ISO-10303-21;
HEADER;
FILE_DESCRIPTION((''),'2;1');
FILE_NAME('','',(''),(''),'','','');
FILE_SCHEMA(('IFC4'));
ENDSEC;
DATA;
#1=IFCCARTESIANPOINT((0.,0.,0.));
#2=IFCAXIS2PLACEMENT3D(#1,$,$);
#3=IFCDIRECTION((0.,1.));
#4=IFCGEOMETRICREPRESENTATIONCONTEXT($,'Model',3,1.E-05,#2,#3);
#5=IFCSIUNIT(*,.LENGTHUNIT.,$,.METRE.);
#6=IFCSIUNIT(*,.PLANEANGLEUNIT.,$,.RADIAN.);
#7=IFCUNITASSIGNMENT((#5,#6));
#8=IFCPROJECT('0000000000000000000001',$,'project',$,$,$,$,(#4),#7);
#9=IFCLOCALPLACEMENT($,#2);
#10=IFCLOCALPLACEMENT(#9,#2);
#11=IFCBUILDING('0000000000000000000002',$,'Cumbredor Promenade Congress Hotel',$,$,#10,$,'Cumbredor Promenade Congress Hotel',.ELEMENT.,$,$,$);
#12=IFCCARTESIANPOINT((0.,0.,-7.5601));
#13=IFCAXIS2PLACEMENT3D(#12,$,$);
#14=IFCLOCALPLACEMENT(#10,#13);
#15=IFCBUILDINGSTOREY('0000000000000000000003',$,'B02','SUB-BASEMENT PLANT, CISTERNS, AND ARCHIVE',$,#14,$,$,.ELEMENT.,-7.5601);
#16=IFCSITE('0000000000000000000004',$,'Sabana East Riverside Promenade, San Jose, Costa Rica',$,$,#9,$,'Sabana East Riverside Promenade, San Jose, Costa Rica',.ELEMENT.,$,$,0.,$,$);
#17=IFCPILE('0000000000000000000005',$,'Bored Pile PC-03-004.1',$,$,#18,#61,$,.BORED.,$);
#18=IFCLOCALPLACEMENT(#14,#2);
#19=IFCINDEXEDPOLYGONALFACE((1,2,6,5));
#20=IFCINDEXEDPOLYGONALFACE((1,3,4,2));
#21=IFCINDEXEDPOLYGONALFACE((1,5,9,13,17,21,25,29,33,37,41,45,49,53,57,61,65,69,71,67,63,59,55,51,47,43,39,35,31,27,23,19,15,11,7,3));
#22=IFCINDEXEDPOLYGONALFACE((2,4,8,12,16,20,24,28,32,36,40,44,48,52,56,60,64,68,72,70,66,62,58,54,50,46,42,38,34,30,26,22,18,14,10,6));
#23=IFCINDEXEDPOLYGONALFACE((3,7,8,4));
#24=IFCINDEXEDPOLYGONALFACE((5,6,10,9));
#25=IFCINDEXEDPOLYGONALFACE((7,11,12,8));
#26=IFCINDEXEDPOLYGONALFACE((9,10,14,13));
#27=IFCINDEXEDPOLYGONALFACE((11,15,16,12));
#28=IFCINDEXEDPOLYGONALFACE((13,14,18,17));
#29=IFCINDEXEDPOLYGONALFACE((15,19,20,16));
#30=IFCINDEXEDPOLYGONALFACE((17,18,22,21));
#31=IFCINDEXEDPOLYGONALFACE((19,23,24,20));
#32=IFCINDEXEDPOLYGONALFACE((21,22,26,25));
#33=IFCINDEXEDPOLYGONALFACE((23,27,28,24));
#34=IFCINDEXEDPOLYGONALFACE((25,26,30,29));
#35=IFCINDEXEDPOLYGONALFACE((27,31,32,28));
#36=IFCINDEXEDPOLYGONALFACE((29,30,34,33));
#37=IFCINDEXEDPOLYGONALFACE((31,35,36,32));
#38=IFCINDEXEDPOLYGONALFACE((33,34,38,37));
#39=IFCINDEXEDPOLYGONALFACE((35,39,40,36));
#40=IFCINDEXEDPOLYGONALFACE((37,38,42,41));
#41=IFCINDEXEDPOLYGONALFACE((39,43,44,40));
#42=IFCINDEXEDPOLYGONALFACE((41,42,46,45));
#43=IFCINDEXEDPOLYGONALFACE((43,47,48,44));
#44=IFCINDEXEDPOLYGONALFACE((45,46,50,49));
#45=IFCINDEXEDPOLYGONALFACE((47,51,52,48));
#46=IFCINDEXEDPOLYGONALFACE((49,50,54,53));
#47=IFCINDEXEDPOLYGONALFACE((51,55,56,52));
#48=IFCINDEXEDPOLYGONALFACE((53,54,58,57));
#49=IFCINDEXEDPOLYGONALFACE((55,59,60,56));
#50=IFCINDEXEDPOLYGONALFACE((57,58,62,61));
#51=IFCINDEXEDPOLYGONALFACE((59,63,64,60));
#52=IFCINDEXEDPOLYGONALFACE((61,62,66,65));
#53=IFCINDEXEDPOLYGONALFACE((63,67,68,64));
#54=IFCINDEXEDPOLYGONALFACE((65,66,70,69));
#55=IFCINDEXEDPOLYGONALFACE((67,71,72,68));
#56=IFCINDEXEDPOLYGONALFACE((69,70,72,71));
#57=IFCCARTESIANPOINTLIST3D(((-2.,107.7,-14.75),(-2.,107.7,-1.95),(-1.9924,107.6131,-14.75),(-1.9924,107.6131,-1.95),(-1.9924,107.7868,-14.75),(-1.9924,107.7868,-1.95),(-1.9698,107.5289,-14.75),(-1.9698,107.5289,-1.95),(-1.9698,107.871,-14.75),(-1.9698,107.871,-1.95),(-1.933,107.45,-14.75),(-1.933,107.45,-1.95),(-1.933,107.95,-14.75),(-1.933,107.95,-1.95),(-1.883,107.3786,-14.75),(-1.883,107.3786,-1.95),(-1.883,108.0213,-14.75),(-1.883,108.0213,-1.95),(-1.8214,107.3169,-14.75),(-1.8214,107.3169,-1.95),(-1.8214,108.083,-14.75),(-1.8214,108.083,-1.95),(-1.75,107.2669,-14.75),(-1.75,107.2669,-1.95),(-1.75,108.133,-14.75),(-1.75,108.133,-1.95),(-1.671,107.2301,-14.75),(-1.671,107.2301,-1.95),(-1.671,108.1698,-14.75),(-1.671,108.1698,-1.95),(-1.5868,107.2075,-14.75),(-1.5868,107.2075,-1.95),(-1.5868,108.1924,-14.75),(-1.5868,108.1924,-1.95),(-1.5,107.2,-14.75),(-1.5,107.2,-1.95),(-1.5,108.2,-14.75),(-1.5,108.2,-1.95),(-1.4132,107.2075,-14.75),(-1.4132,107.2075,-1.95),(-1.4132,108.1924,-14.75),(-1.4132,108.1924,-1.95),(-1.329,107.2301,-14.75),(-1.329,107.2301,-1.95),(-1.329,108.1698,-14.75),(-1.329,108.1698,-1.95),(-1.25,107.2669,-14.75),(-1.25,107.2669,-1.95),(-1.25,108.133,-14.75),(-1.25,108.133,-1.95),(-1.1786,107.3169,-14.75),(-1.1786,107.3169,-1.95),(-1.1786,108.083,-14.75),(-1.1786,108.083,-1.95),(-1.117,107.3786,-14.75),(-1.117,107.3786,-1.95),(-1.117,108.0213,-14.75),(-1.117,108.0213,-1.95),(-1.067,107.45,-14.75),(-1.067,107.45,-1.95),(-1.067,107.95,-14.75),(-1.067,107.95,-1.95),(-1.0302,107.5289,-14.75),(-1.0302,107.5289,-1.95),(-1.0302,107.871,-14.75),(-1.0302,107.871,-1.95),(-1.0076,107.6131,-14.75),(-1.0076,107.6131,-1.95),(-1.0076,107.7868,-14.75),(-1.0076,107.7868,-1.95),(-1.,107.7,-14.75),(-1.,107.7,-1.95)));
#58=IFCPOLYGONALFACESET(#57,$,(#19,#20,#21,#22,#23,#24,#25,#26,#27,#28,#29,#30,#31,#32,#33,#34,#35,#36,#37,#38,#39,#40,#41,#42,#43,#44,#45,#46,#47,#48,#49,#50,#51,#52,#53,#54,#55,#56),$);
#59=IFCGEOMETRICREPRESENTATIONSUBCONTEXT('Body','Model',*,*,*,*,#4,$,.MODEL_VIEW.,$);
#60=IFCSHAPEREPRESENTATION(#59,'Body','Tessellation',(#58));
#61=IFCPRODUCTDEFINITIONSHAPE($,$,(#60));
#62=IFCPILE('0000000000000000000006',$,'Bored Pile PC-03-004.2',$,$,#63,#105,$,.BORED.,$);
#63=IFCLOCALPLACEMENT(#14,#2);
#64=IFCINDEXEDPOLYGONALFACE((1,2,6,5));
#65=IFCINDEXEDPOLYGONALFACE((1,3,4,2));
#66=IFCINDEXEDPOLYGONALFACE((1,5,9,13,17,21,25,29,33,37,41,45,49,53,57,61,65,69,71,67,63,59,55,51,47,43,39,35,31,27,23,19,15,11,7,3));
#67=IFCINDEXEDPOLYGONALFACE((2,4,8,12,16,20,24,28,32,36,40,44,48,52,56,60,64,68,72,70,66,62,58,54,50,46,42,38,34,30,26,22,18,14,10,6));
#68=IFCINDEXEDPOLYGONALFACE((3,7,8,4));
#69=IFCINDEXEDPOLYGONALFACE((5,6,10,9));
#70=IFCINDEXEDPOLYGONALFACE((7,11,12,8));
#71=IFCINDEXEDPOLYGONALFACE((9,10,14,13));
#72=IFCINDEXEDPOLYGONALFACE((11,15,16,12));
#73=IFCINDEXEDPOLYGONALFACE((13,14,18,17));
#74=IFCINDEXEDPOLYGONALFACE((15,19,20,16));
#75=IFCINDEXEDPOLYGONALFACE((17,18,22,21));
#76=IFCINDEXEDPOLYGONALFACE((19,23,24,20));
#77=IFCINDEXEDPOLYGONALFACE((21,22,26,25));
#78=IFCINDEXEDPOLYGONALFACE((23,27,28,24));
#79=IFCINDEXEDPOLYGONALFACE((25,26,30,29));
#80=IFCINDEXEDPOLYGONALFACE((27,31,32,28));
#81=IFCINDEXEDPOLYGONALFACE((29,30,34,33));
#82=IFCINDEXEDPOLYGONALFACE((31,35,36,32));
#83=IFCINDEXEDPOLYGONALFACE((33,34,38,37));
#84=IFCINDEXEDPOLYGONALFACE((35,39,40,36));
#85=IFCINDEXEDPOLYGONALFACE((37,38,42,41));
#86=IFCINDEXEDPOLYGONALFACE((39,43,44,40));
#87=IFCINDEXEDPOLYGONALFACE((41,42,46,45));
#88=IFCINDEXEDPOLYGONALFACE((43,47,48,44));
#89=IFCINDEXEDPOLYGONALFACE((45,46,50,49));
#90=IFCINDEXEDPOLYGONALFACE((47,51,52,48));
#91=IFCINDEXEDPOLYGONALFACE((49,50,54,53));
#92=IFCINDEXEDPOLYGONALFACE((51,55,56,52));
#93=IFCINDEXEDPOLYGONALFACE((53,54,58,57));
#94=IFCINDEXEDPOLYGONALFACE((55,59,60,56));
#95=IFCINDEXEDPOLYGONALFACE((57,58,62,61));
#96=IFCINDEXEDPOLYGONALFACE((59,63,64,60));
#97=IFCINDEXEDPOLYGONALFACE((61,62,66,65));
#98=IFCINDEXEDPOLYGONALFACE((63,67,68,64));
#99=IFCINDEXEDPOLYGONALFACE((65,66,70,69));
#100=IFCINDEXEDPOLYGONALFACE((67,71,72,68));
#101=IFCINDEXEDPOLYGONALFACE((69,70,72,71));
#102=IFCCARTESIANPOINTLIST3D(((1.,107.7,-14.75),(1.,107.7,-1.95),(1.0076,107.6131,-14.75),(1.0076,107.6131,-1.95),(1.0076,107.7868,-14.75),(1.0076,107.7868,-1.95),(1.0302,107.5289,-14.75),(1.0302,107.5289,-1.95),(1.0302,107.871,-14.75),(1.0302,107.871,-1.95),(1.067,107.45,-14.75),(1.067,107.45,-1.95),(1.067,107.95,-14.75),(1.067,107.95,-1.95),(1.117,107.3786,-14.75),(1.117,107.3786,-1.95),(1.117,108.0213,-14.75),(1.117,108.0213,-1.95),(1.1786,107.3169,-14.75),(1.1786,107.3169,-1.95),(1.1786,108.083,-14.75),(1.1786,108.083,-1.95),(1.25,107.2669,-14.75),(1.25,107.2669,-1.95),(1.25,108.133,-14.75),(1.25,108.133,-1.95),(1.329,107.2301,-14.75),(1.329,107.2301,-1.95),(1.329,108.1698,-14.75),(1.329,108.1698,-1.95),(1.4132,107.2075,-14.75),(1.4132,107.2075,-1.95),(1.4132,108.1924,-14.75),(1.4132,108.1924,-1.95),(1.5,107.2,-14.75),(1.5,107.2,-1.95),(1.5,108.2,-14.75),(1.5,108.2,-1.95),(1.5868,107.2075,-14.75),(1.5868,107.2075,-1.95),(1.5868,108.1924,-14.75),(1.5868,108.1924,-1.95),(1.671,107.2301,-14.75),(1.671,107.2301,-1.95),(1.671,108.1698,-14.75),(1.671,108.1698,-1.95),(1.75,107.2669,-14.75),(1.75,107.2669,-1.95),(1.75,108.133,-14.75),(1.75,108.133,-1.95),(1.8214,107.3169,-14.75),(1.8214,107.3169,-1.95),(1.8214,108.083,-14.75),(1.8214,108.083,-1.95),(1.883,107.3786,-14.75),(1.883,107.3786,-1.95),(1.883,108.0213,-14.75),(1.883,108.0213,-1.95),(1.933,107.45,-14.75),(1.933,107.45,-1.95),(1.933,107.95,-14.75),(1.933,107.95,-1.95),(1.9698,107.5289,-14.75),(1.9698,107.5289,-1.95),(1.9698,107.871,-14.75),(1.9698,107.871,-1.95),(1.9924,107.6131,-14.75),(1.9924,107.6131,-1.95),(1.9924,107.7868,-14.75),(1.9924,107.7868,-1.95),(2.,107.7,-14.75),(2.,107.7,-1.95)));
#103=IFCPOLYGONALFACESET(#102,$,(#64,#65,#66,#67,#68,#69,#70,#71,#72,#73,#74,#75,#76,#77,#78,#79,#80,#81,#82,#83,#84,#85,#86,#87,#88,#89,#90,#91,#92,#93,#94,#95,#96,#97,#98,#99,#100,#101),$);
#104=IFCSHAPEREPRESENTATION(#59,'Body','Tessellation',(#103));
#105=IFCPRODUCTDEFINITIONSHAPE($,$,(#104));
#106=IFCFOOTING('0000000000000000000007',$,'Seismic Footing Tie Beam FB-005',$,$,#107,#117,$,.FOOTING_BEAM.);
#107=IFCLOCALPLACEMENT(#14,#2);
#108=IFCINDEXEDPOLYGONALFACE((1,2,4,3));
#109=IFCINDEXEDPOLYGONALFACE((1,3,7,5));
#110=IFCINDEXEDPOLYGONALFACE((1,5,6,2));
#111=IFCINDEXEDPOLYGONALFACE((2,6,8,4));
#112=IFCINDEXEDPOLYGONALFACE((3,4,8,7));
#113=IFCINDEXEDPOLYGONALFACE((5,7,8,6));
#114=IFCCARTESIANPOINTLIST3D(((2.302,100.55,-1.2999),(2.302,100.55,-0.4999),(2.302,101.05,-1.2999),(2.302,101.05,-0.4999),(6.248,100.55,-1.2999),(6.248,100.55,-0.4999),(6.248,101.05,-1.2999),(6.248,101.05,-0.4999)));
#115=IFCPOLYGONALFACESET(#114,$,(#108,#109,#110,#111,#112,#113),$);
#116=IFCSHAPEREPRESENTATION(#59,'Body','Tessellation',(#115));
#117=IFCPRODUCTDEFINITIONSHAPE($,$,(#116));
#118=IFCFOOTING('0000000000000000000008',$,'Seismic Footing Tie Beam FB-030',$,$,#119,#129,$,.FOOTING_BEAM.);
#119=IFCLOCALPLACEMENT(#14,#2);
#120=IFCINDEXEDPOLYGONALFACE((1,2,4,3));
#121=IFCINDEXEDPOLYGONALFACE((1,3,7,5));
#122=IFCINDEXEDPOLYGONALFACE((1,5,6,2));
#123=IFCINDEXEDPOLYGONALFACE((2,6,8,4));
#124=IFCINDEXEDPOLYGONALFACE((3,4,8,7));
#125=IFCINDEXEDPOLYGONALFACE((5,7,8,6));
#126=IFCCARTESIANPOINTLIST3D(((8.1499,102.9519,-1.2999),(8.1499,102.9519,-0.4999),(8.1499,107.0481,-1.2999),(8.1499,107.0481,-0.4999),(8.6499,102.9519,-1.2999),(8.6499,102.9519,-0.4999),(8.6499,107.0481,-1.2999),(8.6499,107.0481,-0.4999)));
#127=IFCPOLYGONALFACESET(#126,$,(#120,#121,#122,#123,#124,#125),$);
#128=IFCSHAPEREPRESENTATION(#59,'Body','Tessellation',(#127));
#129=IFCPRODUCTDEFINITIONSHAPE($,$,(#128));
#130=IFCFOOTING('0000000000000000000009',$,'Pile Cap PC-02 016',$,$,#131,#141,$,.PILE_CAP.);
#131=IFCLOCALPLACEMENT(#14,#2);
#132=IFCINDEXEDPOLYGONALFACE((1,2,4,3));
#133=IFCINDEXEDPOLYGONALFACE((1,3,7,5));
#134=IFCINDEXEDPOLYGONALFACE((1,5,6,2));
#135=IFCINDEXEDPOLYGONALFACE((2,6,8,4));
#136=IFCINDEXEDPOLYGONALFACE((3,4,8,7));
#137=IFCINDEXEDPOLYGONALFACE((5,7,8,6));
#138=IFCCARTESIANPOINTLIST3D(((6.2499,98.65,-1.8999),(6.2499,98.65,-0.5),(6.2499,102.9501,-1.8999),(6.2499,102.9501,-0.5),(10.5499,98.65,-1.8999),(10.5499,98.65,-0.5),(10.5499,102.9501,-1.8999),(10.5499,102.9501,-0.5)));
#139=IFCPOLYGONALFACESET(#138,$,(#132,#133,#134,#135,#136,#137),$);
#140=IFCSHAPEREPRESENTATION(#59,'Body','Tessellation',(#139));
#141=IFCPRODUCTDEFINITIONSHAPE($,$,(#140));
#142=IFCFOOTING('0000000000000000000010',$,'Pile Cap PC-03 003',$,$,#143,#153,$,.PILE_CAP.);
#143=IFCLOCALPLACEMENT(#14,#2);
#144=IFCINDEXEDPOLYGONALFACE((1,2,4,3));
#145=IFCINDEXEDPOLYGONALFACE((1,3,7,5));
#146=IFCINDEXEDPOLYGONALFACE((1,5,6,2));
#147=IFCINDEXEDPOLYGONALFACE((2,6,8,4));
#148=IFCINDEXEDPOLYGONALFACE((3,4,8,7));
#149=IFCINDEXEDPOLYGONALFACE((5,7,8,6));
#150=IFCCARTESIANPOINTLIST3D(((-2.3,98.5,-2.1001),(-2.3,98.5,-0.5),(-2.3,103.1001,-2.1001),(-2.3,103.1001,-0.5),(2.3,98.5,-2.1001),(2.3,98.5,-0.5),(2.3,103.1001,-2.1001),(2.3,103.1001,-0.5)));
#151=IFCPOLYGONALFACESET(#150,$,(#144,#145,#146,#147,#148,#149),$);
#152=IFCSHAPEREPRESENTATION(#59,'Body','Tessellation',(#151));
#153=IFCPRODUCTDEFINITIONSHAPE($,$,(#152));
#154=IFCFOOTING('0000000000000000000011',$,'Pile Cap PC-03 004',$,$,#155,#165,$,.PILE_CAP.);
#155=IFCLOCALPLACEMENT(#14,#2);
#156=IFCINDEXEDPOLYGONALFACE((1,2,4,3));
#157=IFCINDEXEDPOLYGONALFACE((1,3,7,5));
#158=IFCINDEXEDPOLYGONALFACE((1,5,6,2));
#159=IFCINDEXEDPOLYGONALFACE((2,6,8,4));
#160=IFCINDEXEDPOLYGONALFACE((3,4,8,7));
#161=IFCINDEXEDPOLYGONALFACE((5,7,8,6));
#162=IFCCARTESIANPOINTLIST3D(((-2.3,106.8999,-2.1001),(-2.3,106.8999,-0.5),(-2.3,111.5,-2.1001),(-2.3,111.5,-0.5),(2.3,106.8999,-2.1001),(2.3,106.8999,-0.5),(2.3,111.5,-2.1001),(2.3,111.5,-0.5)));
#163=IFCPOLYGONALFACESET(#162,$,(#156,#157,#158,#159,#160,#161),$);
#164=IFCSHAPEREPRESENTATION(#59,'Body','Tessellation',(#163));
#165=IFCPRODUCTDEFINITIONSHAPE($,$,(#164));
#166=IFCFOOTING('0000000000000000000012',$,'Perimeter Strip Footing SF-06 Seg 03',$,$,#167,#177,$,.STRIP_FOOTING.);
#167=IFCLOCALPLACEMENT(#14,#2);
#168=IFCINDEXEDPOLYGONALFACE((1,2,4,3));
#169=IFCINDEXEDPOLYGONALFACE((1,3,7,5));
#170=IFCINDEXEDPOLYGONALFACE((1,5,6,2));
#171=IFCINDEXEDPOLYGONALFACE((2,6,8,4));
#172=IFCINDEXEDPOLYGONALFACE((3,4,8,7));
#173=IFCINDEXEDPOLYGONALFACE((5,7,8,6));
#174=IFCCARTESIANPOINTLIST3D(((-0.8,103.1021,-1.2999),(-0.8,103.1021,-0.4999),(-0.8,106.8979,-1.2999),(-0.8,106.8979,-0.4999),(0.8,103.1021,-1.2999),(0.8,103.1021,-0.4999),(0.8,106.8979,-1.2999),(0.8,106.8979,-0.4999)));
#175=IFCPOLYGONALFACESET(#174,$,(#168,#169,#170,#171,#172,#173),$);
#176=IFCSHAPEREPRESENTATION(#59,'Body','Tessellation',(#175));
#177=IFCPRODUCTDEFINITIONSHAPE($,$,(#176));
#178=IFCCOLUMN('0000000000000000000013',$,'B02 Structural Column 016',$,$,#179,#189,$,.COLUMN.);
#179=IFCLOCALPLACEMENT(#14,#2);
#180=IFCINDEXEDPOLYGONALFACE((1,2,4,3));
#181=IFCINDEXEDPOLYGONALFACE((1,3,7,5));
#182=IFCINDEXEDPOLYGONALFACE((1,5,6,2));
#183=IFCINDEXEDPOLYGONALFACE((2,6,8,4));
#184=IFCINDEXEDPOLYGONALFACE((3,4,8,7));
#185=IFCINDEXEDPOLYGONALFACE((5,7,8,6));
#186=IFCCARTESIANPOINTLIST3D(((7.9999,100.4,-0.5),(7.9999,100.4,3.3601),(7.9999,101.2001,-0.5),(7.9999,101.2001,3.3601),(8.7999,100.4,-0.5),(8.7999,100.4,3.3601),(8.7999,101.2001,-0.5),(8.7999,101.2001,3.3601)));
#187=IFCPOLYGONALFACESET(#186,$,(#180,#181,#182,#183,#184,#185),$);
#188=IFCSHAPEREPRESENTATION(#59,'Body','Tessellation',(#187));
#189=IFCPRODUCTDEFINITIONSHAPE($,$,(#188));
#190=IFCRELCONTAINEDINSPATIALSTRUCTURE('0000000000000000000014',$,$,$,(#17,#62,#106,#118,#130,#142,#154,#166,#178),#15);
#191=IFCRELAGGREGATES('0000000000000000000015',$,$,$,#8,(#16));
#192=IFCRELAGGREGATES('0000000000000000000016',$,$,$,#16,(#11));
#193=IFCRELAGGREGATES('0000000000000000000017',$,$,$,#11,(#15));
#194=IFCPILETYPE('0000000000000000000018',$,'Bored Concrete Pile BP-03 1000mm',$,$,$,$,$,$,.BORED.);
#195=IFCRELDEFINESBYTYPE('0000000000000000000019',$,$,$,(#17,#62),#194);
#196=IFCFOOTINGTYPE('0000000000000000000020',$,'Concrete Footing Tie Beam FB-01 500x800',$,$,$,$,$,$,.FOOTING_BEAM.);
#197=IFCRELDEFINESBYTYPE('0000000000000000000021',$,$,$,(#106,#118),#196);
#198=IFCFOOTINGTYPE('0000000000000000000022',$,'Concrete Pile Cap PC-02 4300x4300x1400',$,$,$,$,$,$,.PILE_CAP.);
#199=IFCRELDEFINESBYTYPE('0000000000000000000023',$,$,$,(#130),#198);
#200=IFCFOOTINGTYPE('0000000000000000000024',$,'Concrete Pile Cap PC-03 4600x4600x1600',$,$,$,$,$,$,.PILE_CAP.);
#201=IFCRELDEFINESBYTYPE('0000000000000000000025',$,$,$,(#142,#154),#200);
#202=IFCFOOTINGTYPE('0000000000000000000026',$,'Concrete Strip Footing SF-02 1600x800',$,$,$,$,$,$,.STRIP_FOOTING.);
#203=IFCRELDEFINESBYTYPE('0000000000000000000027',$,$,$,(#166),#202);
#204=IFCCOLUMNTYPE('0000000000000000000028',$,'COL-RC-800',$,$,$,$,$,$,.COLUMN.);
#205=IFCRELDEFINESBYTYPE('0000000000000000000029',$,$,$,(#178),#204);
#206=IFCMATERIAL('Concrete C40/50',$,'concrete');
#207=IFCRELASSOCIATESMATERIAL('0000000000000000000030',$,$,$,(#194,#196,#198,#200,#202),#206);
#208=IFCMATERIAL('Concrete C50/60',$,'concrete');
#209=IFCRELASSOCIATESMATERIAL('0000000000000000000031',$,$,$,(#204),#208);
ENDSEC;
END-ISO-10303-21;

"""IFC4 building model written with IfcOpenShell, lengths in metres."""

from ifc_helpers import new_model, si_unit, direction, frame, origin, origin_2d, place, context, subcontext, project, spatial, rectangle, circle, extrude, material, material_profile, profile_set, type_object, element, save


model = new_model("IFC4")

# Units and contexts
model_context = context("Model", 3, precision=1e-05, world=origin(), true_north=direction((0.0, 1.0)))
body_context = subcontext(model_context, "Body", "Model", "MODEL_VIEW")
ifc_project = project(units=[si_unit("LENGTHUNIT", "METRE"), si_unit("PLANEANGLEUNIT", "RADIAN")], contexts=[model_context])

# Site, building, storey
site_placement = place(None, origin())
site = spatial("IfcSite", under=ifc_project, at=site_placement, Name="Sabana East Riverside Promenade, San Jose, Costa Rica", LongName="Sabana East Riverside Promenade, San Jose, Costa Rica", CompositionType="ELEMENT", RefElevation=0.0)
building_placement = place(site_placement, origin())
building = spatial("IfcBuilding", under=site, at=building_placement, Name="Cumbredor Promenade Congress Hotel", LongName="Cumbredor Promenade Congress Hotel", CompositionType="ELEMENT")
storey_placement = place(building_placement, frame((0.0, 0.0, -7.5601)))
storey = spatial("IfcBuildingStorey", under=building, at=storey_placement, Name="B02", Description="SUB-BASEMENT PLANT, CISTERNS, AND ARCHIVE", CompositionType="ELEMENT", Elevation=-7.5601)

# Piles
ifc_material_1 = material(Name="Concrete C40/50", Category="concrete")
ifc_material_profile_1 = material_profile(ifc_material_1, circle(Radius=0.5, at=origin_2d()), Name="PILE D1000")
ifc_profile_set_1 = profile_set([ifc_material_profile_1], Name="Concrete C40/50")
pile_type_1 = type_object("IfcPileType", Name="Bored Concrete Pile BP-03 1000mm", PredefinedType="BORED", material=ifc_profile_set_1)
for number, where, z_axis, x_axis, name in (
    (1, (-1.5, 107.7, -1.95), (0.0, 0.0, -1.0), (1.0, 0.0, 0.0), "Bored Pile PC-03-004.1"),
    (2, (1.5, 107.7, -1.95), (0.0, 0.0, -1.0), (1.0, 0.0, 0.0), "Bored Pile PC-03-004.2"),
):
    element("IfcPile", number, at=place(storey_placement, frame(where, z_axis=z_axis, x_axis=x_axis)), inside=storey, type_object=pile_type_1, Name=name, PredefinedType="BORED", context=body_context, shape_type="SweptSolid", body=[
        extrude(circle(Radius=0.5, at=origin_2d()), origin(), (0.0, 0.0, 1.0), 12.8),
    ])

# Footings
ifc_material_profile_2 = material_profile(ifc_material_1, rectangle(XDim=0.5, YDim=0.8, at=origin_2d()), Name="FB 500x800")
ifc_profile_set_2 = profile_set([ifc_material_profile_2], Name="Concrete C40/50")
footing_type_1 = type_object("IfcFootingType", Name="Concrete Footing Tie Beam FB-01 500x800", PredefinedType="FOOTING_BEAM", material=ifc_profile_set_2)
footing_1_placement = place(storey_placement, frame((2.302, 100.8, -0.8999), z_axis=(1.0, 0.0, 0.0), x_axis=(0.0, 1.0, 0.0)))
element("IfcFooting", 3, at=footing_1_placement, inside=storey, type_object=footing_type_1, Name="Seismic Footing Tie Beam FB-005", PredefinedType="FOOTING_BEAM", context=body_context, shape_type="SweptSolid", body=[
    extrude(rectangle(XDim=0.5, YDim=0.8, at=origin_2d()), origin(), (0.0, 0.0, 1.0), 3.946),
])
footing_2_placement = place(storey_placement, frame((8.3999, 102.9519, -0.8999), z_axis=(0.0, 1.0, 0.0), x_axis=(-1.0, 0.0, 0.0)))
element("IfcFooting", 4, at=footing_2_placement, inside=storey, type_object=footing_type_1, Name="Seismic Footing Tie Beam FB-030", PredefinedType="FOOTING_BEAM", context=body_context, shape_type="SweptSolid", body=[
    extrude(rectangle(XDim=0.5, YDim=0.8, at=origin_2d()), origin(), (0.0, 0.0, 1.0), 4.0962),
])
footing_type_2 = type_object("IfcFootingType", Name="Concrete Pile Cap PC-02 4300x4300x1400", PredefinedType="PILE_CAP", material=ifc_material_1)
footing_3_placement = place(storey_placement, frame((8.3999, 100.8, -1.8999), z_axis=(0.0, 0.0, 1.0), x_axis=(1.0, 0.0, 0.0)))
element("IfcFooting", 5, at=footing_3_placement, inside=storey, type_object=footing_type_2, Name="Pile Cap PC-02 016", PredefinedType="PILE_CAP", context=body_context, shape_type="SweptSolid", body=[
    extrude(rectangle(XDim=4.3, YDim=4.3, at=origin_2d()), origin(), (0.0, 0.0, 1.0), 1.3999),
])
footing_type_3 = type_object("IfcFootingType", Name="Concrete Pile Cap PC-03 4600x4600x1600", PredefinedType="PILE_CAP", material=ifc_material_1)
for number, where, z_axis, x_axis, name in (
    (6, (0.0, 100.8, -2.1001), (0.0, 0.0, 1.0), (1.0, 0.0, 0.0), "Pile Cap PC-03 003"),
    (7, (0.0, 109.2, -2.1001), (0.0, 0.0, 1.0), (1.0, 0.0, 0.0), "Pile Cap PC-03 004"),
):
    element("IfcFooting", number, at=place(storey_placement, frame(where, z_axis=z_axis, x_axis=x_axis)), inside=storey, type_object=footing_type_3, Name=name, PredefinedType="PILE_CAP", context=body_context, shape_type="SweptSolid", body=[
        extrude(rectangle(XDim=4.6001, YDim=4.6001, at=origin_2d()), origin(), (0.0, 0.0, 1.0), 1.6001),
    ])
ifc_material_profile_3 = material_profile(ifc_material_1, rectangle(XDim=1.6001, YDim=0.8, at=origin_2d()), Name="SF 1600x800")
ifc_profile_set_3 = profile_set([ifc_material_profile_3], Name="Concrete C40/50")
footing_type_4 = type_object("IfcFootingType", Name="Concrete Strip Footing SF-02 1600x800", PredefinedType="STRIP_FOOTING", material=ifc_profile_set_3)
footing_4_placement = place(storey_placement, frame((0.0, 103.1021, -0.8999), z_axis=(0.0, 1.0, 0.0), x_axis=(-1.0, 0.0, 0.0)))
element("IfcFooting", 8, at=footing_4_placement, inside=storey, type_object=footing_type_4, Name="Perimeter Strip Footing SF-06 Seg 03", PredefinedType="STRIP_FOOTING", context=body_context, shape_type="SweptSolid", body=[
    extrude(rectangle(XDim=1.6001, YDim=0.8, at=origin_2d()), origin(), (0.0, 0.0, 1.0), 3.7959),
])

# Column
ifc_material_2 = material(Name="Concrete C50/60", Category="concrete")
ifc_material_profile_4 = material_profile(ifc_material_2, rectangle(XDim=0.8, YDim=0.8, at=origin_2d()), Name="RC 800x800")
ifc_profile_set_4 = profile_set([ifc_material_profile_4], Name="Concrete C50/60")
column_type_1 = type_object("IfcColumnType", Name="COL-RC-800", PredefinedType="COLUMN", material=ifc_profile_set_4)
column_placement = place(storey_placement, frame((8.3999, 100.8, -0.5), z_axis=(0.0, 0.0, 1.0), x_axis=(1.0, 0.0, 0.0)))
element("IfcColumn", 9, at=column_placement, inside=storey, type_object=column_type_1, Name="B02 Structural Column 016", PredefinedType="COLUMN", context=body_context, shape_type="SweptSolid", body=[
    extrude(rectangle(XDim=0.8, YDim=0.8, at=origin_2d()), origin(), (0.0, 0.0, 1.0), 3.8601),
])

save(model, "model.ifc")
